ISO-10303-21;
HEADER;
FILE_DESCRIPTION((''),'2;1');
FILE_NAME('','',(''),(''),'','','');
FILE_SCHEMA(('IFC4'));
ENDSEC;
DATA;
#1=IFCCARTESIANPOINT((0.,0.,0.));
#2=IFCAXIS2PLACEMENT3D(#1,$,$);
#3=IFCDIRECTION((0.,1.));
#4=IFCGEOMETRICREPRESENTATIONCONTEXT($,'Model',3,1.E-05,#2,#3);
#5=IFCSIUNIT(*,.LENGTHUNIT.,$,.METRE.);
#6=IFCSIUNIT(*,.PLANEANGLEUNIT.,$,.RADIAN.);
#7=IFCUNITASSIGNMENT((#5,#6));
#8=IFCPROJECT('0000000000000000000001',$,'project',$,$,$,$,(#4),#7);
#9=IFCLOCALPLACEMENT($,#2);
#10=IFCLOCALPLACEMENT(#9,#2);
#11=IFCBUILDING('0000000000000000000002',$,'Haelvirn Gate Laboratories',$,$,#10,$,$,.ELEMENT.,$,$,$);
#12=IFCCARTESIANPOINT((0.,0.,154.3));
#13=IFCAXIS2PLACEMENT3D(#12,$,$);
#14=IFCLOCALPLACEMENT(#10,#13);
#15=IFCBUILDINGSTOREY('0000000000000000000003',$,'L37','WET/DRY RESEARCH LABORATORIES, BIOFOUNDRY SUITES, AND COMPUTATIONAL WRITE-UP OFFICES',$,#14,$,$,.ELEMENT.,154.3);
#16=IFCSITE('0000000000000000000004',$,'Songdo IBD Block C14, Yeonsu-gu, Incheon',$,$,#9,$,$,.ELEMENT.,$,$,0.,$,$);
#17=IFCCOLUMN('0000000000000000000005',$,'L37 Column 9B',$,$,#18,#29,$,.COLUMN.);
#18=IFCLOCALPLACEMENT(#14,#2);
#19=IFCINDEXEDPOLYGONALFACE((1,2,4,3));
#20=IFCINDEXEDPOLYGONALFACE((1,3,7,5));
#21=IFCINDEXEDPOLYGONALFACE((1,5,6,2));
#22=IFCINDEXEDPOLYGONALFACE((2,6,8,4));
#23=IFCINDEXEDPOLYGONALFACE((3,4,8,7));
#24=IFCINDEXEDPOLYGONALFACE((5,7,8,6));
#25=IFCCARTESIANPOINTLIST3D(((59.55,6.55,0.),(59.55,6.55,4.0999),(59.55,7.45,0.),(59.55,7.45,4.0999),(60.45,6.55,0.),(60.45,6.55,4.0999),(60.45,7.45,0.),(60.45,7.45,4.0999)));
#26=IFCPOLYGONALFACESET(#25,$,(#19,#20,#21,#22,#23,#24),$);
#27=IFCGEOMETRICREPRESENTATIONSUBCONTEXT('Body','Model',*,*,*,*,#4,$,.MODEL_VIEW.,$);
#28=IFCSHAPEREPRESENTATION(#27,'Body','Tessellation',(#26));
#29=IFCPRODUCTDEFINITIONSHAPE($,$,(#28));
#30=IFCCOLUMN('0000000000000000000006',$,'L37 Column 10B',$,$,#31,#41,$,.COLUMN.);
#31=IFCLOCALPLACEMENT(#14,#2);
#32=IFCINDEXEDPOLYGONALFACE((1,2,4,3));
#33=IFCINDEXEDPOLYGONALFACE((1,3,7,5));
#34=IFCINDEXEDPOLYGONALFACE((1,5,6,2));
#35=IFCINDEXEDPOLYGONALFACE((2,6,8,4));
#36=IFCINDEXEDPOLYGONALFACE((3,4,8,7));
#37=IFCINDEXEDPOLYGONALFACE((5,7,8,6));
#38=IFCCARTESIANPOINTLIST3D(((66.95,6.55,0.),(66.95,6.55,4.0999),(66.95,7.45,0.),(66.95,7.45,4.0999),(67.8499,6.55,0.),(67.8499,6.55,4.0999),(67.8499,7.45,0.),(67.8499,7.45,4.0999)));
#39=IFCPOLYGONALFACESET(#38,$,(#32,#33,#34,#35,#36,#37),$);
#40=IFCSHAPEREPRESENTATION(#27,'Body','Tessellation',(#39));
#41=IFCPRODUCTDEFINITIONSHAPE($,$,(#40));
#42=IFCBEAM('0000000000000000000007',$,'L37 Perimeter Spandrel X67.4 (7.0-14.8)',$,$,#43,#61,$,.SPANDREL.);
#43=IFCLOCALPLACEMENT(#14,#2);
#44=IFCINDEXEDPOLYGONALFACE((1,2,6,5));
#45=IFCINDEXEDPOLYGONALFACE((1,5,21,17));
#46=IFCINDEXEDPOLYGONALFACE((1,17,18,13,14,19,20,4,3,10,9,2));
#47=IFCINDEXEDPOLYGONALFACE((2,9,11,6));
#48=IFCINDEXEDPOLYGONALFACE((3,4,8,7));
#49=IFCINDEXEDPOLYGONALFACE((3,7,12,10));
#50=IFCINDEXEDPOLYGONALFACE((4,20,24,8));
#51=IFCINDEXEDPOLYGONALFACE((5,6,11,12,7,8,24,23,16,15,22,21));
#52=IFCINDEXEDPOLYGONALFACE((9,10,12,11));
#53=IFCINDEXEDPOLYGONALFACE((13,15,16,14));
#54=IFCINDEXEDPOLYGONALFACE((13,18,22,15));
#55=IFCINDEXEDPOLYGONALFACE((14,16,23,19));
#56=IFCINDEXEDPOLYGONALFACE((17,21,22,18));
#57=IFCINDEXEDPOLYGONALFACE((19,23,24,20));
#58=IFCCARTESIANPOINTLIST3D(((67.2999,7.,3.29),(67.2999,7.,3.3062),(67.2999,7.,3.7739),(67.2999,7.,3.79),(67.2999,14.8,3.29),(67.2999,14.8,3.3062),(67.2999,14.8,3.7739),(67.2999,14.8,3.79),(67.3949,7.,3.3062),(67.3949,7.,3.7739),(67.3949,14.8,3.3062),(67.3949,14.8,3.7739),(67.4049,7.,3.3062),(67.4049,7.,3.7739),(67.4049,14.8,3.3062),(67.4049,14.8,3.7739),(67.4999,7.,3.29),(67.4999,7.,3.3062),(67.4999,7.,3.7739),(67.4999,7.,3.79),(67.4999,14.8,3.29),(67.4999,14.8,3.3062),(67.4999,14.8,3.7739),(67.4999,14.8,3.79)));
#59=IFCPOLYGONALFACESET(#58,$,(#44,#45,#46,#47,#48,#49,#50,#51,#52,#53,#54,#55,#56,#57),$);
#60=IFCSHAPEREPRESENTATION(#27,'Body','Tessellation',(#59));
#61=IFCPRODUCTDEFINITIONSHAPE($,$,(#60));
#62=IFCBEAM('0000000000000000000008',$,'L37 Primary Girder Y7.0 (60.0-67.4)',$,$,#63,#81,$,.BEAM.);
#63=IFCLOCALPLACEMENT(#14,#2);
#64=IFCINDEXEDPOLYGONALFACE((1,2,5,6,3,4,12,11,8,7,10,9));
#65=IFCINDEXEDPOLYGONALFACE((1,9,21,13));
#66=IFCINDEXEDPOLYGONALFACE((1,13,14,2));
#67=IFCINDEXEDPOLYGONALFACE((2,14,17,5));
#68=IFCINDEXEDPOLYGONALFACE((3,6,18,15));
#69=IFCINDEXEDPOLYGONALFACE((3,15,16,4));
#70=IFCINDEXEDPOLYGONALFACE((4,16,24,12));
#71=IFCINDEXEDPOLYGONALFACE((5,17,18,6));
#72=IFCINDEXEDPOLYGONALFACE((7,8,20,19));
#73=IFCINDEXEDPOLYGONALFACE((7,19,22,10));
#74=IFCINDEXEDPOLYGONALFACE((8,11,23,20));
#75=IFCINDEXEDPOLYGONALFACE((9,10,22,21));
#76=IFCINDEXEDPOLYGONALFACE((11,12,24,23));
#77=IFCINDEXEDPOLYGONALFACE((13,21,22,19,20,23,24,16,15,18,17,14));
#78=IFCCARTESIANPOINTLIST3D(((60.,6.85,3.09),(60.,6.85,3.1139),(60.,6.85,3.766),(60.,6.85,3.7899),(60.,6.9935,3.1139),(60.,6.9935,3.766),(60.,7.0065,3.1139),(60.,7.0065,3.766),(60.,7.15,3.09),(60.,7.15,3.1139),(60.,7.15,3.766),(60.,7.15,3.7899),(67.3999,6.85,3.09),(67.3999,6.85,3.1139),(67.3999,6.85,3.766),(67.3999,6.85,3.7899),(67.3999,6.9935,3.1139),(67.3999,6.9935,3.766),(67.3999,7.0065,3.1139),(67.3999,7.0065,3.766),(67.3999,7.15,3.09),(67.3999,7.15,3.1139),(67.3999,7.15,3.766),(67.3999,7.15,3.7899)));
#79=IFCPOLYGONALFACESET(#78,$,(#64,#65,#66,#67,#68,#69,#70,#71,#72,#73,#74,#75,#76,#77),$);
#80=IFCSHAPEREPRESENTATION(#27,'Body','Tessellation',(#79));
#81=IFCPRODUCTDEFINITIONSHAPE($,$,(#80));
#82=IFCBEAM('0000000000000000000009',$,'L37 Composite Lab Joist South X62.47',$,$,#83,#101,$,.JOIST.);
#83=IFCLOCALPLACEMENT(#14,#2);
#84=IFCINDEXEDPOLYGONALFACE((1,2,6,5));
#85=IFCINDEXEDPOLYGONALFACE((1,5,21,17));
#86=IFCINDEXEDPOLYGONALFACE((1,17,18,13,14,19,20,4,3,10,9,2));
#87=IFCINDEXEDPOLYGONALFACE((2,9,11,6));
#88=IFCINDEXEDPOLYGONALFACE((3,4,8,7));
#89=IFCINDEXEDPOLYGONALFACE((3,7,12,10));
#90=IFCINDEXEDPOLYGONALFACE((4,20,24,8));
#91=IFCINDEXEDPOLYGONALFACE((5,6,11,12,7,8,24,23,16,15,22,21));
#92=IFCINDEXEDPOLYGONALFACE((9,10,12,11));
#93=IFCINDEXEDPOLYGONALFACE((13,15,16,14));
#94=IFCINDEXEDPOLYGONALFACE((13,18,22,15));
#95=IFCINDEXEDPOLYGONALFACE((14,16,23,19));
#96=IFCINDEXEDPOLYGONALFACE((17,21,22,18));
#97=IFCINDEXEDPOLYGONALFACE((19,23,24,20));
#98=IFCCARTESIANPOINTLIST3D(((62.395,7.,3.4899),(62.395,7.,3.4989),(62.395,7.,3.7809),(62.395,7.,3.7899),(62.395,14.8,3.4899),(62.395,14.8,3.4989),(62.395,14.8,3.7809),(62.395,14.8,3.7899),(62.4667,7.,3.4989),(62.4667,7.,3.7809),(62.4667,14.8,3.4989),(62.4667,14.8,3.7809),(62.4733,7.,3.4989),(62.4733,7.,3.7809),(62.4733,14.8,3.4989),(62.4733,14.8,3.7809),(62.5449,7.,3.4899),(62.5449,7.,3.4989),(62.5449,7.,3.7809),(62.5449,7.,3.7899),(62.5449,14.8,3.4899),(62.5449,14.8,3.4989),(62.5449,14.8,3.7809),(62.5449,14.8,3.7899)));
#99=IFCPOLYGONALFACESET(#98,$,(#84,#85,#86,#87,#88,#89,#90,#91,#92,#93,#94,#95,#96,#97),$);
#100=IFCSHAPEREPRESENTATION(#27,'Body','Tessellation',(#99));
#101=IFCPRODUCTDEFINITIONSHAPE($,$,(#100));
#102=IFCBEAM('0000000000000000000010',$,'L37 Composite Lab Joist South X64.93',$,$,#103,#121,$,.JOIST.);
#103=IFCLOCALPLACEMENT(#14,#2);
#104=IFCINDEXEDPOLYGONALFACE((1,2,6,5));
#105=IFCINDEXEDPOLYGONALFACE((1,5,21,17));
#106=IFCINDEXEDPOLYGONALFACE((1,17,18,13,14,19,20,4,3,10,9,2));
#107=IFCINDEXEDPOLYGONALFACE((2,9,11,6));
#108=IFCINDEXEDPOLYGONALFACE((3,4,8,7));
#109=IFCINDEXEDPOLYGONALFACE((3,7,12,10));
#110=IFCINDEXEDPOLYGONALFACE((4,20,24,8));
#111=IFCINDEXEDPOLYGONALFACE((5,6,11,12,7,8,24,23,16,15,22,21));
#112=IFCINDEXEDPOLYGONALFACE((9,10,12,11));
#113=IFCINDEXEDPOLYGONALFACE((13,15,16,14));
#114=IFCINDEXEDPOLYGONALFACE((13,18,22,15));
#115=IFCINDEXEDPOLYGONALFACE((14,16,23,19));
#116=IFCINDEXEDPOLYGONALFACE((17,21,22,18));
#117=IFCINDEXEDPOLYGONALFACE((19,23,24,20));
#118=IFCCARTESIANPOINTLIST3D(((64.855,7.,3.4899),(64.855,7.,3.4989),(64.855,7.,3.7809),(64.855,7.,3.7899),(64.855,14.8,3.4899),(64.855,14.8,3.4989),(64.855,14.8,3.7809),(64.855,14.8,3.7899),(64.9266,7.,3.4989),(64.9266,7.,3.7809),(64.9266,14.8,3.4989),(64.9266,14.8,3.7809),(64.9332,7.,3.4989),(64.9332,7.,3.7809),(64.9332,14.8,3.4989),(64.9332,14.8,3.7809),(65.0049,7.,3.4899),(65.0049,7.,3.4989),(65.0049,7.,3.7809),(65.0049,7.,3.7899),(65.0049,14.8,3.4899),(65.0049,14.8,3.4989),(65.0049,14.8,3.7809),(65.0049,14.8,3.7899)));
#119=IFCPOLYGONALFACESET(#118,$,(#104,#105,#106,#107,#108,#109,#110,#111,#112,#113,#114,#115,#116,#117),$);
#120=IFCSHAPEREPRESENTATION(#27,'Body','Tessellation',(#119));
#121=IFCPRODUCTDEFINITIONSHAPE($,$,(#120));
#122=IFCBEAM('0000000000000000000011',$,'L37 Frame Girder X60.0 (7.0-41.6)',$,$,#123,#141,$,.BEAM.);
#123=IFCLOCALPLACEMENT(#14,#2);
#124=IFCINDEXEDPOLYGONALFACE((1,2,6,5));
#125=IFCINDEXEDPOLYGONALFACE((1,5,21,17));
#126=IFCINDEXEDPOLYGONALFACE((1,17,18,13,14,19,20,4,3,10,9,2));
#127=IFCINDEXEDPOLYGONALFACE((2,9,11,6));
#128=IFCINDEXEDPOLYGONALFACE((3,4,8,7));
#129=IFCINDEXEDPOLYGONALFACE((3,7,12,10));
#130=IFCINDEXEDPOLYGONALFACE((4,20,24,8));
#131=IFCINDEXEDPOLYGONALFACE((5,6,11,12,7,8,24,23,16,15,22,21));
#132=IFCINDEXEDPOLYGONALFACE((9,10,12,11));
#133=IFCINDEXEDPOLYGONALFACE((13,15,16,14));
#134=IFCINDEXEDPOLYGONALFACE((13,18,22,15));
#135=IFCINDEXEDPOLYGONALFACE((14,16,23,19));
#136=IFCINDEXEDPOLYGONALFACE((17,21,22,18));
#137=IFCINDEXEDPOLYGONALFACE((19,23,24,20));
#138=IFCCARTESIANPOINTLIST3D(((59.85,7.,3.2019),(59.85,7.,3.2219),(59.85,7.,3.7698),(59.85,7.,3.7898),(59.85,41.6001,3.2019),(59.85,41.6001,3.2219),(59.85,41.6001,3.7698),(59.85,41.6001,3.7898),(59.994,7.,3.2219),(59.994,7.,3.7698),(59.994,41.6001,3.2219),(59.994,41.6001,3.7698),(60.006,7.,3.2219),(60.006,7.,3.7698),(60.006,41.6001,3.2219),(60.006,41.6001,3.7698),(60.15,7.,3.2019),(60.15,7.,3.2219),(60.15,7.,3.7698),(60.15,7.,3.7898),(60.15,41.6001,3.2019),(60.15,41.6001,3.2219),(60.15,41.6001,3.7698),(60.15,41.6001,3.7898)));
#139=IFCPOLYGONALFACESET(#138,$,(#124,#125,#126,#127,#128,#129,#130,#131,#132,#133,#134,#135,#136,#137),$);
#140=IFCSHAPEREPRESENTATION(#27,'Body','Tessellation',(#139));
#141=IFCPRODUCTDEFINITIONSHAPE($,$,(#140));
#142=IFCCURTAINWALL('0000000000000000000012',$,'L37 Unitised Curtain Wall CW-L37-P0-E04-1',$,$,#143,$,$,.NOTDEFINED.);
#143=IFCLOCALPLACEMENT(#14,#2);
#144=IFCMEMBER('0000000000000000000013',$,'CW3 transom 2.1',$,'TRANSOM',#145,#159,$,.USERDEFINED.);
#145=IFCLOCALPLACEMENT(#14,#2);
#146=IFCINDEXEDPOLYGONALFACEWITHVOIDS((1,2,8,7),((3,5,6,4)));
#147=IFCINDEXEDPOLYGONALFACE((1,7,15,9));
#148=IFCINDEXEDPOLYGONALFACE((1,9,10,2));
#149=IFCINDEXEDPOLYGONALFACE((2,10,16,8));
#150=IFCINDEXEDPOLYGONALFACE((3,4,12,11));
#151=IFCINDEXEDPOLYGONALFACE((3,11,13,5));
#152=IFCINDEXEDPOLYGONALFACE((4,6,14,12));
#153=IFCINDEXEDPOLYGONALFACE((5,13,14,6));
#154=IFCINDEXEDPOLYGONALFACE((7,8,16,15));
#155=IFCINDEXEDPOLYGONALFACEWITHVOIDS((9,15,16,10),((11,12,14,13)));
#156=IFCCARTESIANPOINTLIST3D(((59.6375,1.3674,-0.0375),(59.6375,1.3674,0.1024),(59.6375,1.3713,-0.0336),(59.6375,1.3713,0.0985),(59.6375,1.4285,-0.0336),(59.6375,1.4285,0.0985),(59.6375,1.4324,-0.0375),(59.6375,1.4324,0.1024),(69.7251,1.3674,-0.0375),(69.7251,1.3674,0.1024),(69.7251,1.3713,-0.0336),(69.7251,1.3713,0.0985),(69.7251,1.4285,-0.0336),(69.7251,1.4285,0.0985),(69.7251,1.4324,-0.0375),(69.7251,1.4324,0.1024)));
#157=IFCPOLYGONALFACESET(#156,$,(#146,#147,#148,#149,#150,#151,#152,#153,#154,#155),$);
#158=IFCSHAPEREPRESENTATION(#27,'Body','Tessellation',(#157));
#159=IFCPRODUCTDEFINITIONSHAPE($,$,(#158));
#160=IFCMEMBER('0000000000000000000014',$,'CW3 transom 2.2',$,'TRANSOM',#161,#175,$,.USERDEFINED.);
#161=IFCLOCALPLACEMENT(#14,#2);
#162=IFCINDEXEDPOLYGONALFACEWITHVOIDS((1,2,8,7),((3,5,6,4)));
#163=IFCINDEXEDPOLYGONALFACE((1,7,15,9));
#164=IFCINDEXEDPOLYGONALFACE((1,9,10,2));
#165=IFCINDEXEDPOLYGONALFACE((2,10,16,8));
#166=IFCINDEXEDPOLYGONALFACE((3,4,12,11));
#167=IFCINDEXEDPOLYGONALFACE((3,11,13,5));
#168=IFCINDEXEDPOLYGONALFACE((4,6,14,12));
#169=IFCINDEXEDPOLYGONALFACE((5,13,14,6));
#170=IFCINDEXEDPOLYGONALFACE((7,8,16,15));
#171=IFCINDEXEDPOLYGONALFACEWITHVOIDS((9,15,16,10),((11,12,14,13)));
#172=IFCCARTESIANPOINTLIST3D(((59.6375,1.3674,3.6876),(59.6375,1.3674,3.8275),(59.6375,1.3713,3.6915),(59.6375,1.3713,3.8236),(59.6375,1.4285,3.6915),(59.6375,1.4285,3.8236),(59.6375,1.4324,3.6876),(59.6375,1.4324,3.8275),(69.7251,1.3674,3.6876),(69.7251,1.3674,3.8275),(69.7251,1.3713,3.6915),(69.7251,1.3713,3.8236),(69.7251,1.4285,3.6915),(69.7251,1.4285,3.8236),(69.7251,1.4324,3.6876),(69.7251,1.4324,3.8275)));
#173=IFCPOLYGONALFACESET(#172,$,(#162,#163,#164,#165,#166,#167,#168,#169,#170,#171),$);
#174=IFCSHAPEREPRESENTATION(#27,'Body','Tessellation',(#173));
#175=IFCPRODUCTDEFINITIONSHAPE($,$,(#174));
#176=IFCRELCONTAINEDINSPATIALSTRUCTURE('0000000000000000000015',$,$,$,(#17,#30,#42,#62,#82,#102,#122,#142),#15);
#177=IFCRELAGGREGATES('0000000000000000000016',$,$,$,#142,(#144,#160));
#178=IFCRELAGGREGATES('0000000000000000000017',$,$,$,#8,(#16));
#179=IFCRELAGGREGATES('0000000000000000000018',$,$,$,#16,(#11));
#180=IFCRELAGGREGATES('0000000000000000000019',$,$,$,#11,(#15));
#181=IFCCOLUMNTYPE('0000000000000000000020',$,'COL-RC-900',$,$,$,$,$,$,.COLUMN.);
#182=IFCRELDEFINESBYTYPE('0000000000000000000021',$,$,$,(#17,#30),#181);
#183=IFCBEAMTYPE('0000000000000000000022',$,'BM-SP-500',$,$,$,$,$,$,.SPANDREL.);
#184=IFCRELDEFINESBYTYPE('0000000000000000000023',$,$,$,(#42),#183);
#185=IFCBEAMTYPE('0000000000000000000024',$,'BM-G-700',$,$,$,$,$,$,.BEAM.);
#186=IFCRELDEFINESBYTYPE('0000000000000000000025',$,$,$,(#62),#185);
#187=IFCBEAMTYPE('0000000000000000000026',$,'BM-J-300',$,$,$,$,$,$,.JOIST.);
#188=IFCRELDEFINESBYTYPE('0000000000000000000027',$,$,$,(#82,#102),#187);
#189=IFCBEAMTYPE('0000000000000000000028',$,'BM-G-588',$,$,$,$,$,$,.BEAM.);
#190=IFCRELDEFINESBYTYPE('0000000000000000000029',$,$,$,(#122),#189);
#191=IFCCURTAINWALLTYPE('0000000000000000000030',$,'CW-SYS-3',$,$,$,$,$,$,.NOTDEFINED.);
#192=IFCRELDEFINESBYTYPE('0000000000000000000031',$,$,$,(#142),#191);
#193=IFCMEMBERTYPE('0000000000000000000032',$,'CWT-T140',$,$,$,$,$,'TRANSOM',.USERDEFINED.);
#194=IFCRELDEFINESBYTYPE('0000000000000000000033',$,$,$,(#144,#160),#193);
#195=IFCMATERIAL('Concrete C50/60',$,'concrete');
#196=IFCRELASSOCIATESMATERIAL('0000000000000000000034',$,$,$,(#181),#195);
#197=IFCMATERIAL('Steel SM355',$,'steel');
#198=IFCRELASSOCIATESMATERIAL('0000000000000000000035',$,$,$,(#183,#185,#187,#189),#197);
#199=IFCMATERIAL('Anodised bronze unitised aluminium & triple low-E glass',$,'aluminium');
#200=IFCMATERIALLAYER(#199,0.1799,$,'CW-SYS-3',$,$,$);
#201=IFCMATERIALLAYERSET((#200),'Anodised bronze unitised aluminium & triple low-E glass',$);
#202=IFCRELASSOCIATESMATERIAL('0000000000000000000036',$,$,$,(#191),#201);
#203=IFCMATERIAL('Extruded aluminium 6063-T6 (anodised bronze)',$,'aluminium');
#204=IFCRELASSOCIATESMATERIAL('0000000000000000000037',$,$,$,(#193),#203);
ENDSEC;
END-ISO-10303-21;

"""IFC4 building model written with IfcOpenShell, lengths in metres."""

from ifc_helpers import new_model, si_unit, direction, frame, origin, origin_2d, place, context, subcontext, project, spatial, rectangle, hollow_rectangle, i_section, extrude, source, transform, mapped, material, layer, layer_set, material_profile, profile_set, type_object, type_shapes, element, aggregate, save


model = new_model("IFC4")

# Units and contexts
model_context = context("Model", 3, precision=1e-05, world=origin(), true_north=direction((0.0, 1.0)))
body_context = subcontext(model_context, "Body", "Model", "MODEL_VIEW")
ifc_project = project(units=[si_unit("LENGTHUNIT", "METRE"), si_unit("PLANEANGLEUNIT", "RADIAN")], contexts=[model_context])

# Site, building, storey
site_placement = place(None, origin())
site = spatial("IfcSite", under=ifc_project, at=site_placement, Name="Songdo IBD Block C14, Yeonsu-gu, Incheon", CompositionType="ELEMENT", RefElevation=0.0)
building_placement = place(site_placement, origin())
building = spatial("IfcBuilding", under=site, at=building_placement, Name="Haelvirn Gate Laboratories", CompositionType="ELEMENT")
storey_placement = place(building_placement, frame((0.0, 0.0, 154.3)))
storey = spatial("IfcBuildingStorey", under=building, at=storey_placement, Name="L37", Description="WET/DRY RESEARCH LABORATORIES, BIOFOUNDRY SUITES, AND COMPUTATIONAL WRITE-UP OFFICES", CompositionType="ELEMENT", Elevation=154.3)

# Columns
ifc_material_1 = material(Name="Concrete C50/60", Category="concrete")
ifc_material_profile_1 = material_profile(ifc_material_1, rectangle(XDim=0.8999, YDim=0.8999, at=origin_2d()), Name="RC-900x900")
ifc_profile_set_1 = profile_set([ifc_material_profile_1], Name="Concrete C50/60")
column_type = type_object("IfcColumnType", Name="COL-RC-900", PredefinedType="COLUMN", material=ifc_profile_set_1)
shared_shape_1 = source(origin(), body_context, "Body", "SweptSolid", [
    extrude(rectangle(XDim=0.8999, YDim=0.8999, at=origin_2d()), origin(), (0.0, 0.0, 1.0), 4.0999),
])
type_shapes(column_type, [shared_shape_1])
for number, where, z_axis, x_axis, name in (
    (1, (60.0, 7.0, 0.0), (0.0, 0.0, 1.0), (1.0, 0.0, 0.0), "L37 Column 9B"),
    (2, (67.3999, 7.0, 0.0), (0.0, 0.0, 1.0), (1.0, 0.0, 0.0), "L37 Column 10B"),
):
    element("IfcColumn", number, at=place(storey_placement, frame(where, z_axis=z_axis, x_axis=x_axis)), inside=storey, type_object=column_type, Name=name, PredefinedType="COLUMN", context=body_context, shape_type="MappedRepresentation", body=[
        mapped(shared_shape_1, transform((0.0, 0.0, 0.0), scale=1.0)),
    ])

# Beams
ifc_material_2 = material(Name="Steel SM355", Category="steel")
ifc_material_profile_2 = material_profile(ifc_material_2, i_section(OverallWidth=0.2, OverallDepth=0.5, WebThickness=0.01, FlangeThickness=0.0161, at=origin_2d()), Name="H-500x200x10x16")
ifc_profile_set_2 = profile_set([ifc_material_profile_2], Name="Steel SM355")
beam_type_1 = type_object("IfcBeamType", Name="BM-SP-500", PredefinedType="SPANDREL", material=ifc_profile_set_2)
shared_shape_2 = source(origin(), body_context, "Body", "SweptSolid", [
    extrude(i_section(OverallWidth=0.2, OverallDepth=0.5, WebThickness=0.01, FlangeThickness=0.0161, at=origin_2d()), origin(), (0.0, 0.0, 1.0), 7.8),
])
type_shapes(beam_type_1, [shared_shape_2])
beam_1_placement = place(storey_placement, frame((67.3999, 7.0, 3.54), z_axis=(0.0, 1.0, 0.0), x_axis=(-1.0, 0.0, 0.0)))
element("IfcBeam", 3, at=beam_1_placement, inside=storey, type_object=beam_type_1, Name="L37 Perimeter Spandrel X67.4 (7.0-14.8)", PredefinedType="SPANDREL", context=body_context, shape_type="MappedRepresentation", body=[
    mapped(shared_shape_2, transform((0.0, 0.0, 0.0), scale=1.0)),
])
ifc_material_profile_3 = material_profile(ifc_material_2, i_section(OverallWidth=0.3, OverallDepth=0.7, WebThickness=0.0129, FlangeThickness=0.0239, at=origin_2d()), Name="H-700x300x13x24")
ifc_profile_set_3 = profile_set([ifc_material_profile_3], Name="Steel SM355")
beam_type_2 = type_object("IfcBeamType", Name="BM-G-700", PredefinedType="BEAM", material=ifc_profile_set_3)
shared_shape_3 = source(origin(), body_context, "Body", "SweptSolid", [
    extrude(i_section(OverallWidth=0.3, OverallDepth=0.7, WebThickness=0.0129, FlangeThickness=0.0239, at=origin_2d()), origin(), (0.0, 0.0, 1.0), 7.3999),
])
type_shapes(beam_type_2, [shared_shape_3])
beam_2_placement = place(storey_placement, frame((60.0, 7.0, 3.4399), z_axis=(1.0, 0.0, 0.0), x_axis=(0.0, 1.0, 0.0)))
element("IfcBeam", 4, at=beam_2_placement, inside=storey, type_object=beam_type_2, Name="L37 Primary Girder Y7.0 (60.0-67.4)", PredefinedType="BEAM", context=body_context, shape_type="MappedRepresentation", body=[
    mapped(shared_shape_3, transform((0.0, 0.0, 0.0), scale=1.0)),
])
ifc_material_profile_4 = material_profile(ifc_material_2, i_section(OverallWidth=0.1499, OverallDepth=0.3, WebThickness=0.0066, FlangeThickness=0.009, at=origin_2d()), Name="H-300x150x6.5x9")
ifc_profile_set_4 = profile_set([ifc_material_profile_4], Name="Steel SM355")
beam_type_3 = type_object("IfcBeamType", Name="BM-J-300", PredefinedType="JOIST", material=ifc_profile_set_4)
shared_shape_4 = source(origin(), body_context, "Body", "SweptSolid", [
    extrude(i_section(OverallWidth=0.1499, OverallDepth=0.3, WebThickness=0.0066, FlangeThickness=0.009, at=origin_2d()), origin(), (0.0, 0.0, 1.0), 7.8),
])
type_shapes(beam_type_3, [shared_shape_4])
for number, where, z_axis, x_axis, name in (
    (5, (62.47, 7.0, 3.6399), (0.0, 1.0, 0.0), (-1.0, 0.0, 0.0), "L37 Composite Lab Joist South X62.47"),
    (6, (64.9299, 7.0, 3.6399), (0.0, 1.0, 0.0), (-1.0, 0.0, 0.0), "L37 Composite Lab Joist South X64.93"),
):
    element("IfcBeam", number, at=place(storey_placement, frame(where, z_axis=z_axis, x_axis=x_axis)), inside=storey, type_object=beam_type_3, Name=name, PredefinedType="JOIST", context=body_context, shape_type="MappedRepresentation", body=[
        mapped(shared_shape_4, transform((0.0, 0.0, 0.0), scale=1.0)),
    ])
ifc_material_profile_5 = material_profile(ifc_material_2, i_section(OverallWidth=0.3, OverallDepth=0.5879, WebThickness=0.012, FlangeThickness=0.02, at=origin_2d()), Name="H-588x300x12x20")
ifc_profile_set_5 = profile_set([ifc_material_profile_5], Name="Steel SM355")
beam_type_4 = type_object("IfcBeamType", Name="BM-G-588", PredefinedType="BEAM", material=ifc_profile_set_5)
shared_shape_5 = source(origin(), body_context, "Body", "SweptSolid", [
    extrude(i_section(OverallWidth=0.3, OverallDepth=0.5879, WebThickness=0.012, FlangeThickness=0.02, at=origin_2d()), origin(), (0.0, 0.0, 1.0), 34.6001),
])
type_shapes(beam_type_4, [shared_shape_5])
beam_3_placement = place(storey_placement, frame((60.0, 7.0, 3.4958), z_axis=(0.0, 1.0, 0.0), x_axis=(-1.0, 0.0, 0.0)))
element("IfcBeam", 7, at=beam_3_placement, inside=storey, type_object=beam_type_4, Name="L37 Frame Girder X60.0 (7.0-41.6)", PredefinedType="BEAM", context=body_context, shape_type="MappedRepresentation", body=[
    mapped(shared_shape_5, transform((0.0, 0.0, 0.0), scale=1.0)),
])

# Curtain wall, members
ifc_material_3 = material(Name="Anodised bronze unitised aluminium & triple low-E glass", Category="aluminium")
ifc_layer_1 = layer(ifc_material_3, 0.1799, Name="CW-SYS-3")
ifc_layer_set_1 = layer_set([ifc_layer_1], Name="Anodised bronze unitised aluminium & triple low-E glass")
curtain_wall_type_1 = type_object("IfcCurtainWallType", Name="CW-SYS-3", PredefinedType="NOTDEFINED", material=ifc_layer_set_1)
curtain_wall_1_placement = place(storey_placement, origin())
curtain_wall_1 = element("IfcCurtainWall", 8, at=curtain_wall_1_placement, inside=storey, type_object=curtain_wall_type_1, Name="L37 Unitised Curtain Wall CW-L37-P0-E04-1", PredefinedType="NOTDEFINED")
ifc_material_4 = material(Name="Extruded aluminium 6063-T6 (anodised bronze)", Category="aluminium")
ifc_material_profile_6 = material_profile(ifc_material_4, hollow_rectangle(XDim=0.0649, YDim=0.1399, WallThickness=0.0039, at=origin_2d()), Name="CWT-140x65x4")
ifc_profile_set_6 = profile_set([ifc_material_profile_6], Name="Extruded aluminium 6063-T6 (anodised bronze)")
member_type_1 = type_object("IfcMemberType", Name="CWT-T140", ElementType="TRANSOM", PredefinedType="USERDEFINED", material=ifc_profile_set_6)
shared_shape_6 = source(origin(), body_context, "Body", "SweptSolid", [
    extrude(hollow_rectangle(XDim=0.0649, YDim=0.1399, WallThickness=0.0039, at=origin_2d()), origin(), (0.0, 0.0, 1.0), 10.0876),
])
member_1_placement = place(storey_placement, frame((59.6375, 1.3999, 0.0325), z_axis=(1.0, 0.0, 0.0), x_axis=(0.0, 1.0, 0.0)))
member_1 = element("IfcMember", 9, at=member_1_placement, type_object=member_type_1, Name="CW3 transom 2.1", ObjectType="TRANSOM", PredefinedType="USERDEFINED", context=body_context, shape_type="MappedRepresentation", body=[
    mapped(shared_shape_6, transform((0.0, 0.0, 0.0), scale=1.0)),
])
member_2_placement = place(storey_placement, frame((59.6375, 1.3999, 3.7576), z_axis=(1.0, 0.0, 0.0), x_axis=(0.0, 1.0, 0.0)))
member_2 = element("IfcMember", 10, at=member_2_placement, type_object=member_type_1, Name="CW3 transom 2.2", ObjectType="TRANSOM", PredefinedType="USERDEFINED", context=body_context, shape_type="MappedRepresentation", body=[
    mapped(shared_shape_6, transform((0.0, 0.0, 0.0), scale=1.0)),
])

aggregate(curtain_wall_1, [member_1, member_2])

save(model, "model.ifc")
